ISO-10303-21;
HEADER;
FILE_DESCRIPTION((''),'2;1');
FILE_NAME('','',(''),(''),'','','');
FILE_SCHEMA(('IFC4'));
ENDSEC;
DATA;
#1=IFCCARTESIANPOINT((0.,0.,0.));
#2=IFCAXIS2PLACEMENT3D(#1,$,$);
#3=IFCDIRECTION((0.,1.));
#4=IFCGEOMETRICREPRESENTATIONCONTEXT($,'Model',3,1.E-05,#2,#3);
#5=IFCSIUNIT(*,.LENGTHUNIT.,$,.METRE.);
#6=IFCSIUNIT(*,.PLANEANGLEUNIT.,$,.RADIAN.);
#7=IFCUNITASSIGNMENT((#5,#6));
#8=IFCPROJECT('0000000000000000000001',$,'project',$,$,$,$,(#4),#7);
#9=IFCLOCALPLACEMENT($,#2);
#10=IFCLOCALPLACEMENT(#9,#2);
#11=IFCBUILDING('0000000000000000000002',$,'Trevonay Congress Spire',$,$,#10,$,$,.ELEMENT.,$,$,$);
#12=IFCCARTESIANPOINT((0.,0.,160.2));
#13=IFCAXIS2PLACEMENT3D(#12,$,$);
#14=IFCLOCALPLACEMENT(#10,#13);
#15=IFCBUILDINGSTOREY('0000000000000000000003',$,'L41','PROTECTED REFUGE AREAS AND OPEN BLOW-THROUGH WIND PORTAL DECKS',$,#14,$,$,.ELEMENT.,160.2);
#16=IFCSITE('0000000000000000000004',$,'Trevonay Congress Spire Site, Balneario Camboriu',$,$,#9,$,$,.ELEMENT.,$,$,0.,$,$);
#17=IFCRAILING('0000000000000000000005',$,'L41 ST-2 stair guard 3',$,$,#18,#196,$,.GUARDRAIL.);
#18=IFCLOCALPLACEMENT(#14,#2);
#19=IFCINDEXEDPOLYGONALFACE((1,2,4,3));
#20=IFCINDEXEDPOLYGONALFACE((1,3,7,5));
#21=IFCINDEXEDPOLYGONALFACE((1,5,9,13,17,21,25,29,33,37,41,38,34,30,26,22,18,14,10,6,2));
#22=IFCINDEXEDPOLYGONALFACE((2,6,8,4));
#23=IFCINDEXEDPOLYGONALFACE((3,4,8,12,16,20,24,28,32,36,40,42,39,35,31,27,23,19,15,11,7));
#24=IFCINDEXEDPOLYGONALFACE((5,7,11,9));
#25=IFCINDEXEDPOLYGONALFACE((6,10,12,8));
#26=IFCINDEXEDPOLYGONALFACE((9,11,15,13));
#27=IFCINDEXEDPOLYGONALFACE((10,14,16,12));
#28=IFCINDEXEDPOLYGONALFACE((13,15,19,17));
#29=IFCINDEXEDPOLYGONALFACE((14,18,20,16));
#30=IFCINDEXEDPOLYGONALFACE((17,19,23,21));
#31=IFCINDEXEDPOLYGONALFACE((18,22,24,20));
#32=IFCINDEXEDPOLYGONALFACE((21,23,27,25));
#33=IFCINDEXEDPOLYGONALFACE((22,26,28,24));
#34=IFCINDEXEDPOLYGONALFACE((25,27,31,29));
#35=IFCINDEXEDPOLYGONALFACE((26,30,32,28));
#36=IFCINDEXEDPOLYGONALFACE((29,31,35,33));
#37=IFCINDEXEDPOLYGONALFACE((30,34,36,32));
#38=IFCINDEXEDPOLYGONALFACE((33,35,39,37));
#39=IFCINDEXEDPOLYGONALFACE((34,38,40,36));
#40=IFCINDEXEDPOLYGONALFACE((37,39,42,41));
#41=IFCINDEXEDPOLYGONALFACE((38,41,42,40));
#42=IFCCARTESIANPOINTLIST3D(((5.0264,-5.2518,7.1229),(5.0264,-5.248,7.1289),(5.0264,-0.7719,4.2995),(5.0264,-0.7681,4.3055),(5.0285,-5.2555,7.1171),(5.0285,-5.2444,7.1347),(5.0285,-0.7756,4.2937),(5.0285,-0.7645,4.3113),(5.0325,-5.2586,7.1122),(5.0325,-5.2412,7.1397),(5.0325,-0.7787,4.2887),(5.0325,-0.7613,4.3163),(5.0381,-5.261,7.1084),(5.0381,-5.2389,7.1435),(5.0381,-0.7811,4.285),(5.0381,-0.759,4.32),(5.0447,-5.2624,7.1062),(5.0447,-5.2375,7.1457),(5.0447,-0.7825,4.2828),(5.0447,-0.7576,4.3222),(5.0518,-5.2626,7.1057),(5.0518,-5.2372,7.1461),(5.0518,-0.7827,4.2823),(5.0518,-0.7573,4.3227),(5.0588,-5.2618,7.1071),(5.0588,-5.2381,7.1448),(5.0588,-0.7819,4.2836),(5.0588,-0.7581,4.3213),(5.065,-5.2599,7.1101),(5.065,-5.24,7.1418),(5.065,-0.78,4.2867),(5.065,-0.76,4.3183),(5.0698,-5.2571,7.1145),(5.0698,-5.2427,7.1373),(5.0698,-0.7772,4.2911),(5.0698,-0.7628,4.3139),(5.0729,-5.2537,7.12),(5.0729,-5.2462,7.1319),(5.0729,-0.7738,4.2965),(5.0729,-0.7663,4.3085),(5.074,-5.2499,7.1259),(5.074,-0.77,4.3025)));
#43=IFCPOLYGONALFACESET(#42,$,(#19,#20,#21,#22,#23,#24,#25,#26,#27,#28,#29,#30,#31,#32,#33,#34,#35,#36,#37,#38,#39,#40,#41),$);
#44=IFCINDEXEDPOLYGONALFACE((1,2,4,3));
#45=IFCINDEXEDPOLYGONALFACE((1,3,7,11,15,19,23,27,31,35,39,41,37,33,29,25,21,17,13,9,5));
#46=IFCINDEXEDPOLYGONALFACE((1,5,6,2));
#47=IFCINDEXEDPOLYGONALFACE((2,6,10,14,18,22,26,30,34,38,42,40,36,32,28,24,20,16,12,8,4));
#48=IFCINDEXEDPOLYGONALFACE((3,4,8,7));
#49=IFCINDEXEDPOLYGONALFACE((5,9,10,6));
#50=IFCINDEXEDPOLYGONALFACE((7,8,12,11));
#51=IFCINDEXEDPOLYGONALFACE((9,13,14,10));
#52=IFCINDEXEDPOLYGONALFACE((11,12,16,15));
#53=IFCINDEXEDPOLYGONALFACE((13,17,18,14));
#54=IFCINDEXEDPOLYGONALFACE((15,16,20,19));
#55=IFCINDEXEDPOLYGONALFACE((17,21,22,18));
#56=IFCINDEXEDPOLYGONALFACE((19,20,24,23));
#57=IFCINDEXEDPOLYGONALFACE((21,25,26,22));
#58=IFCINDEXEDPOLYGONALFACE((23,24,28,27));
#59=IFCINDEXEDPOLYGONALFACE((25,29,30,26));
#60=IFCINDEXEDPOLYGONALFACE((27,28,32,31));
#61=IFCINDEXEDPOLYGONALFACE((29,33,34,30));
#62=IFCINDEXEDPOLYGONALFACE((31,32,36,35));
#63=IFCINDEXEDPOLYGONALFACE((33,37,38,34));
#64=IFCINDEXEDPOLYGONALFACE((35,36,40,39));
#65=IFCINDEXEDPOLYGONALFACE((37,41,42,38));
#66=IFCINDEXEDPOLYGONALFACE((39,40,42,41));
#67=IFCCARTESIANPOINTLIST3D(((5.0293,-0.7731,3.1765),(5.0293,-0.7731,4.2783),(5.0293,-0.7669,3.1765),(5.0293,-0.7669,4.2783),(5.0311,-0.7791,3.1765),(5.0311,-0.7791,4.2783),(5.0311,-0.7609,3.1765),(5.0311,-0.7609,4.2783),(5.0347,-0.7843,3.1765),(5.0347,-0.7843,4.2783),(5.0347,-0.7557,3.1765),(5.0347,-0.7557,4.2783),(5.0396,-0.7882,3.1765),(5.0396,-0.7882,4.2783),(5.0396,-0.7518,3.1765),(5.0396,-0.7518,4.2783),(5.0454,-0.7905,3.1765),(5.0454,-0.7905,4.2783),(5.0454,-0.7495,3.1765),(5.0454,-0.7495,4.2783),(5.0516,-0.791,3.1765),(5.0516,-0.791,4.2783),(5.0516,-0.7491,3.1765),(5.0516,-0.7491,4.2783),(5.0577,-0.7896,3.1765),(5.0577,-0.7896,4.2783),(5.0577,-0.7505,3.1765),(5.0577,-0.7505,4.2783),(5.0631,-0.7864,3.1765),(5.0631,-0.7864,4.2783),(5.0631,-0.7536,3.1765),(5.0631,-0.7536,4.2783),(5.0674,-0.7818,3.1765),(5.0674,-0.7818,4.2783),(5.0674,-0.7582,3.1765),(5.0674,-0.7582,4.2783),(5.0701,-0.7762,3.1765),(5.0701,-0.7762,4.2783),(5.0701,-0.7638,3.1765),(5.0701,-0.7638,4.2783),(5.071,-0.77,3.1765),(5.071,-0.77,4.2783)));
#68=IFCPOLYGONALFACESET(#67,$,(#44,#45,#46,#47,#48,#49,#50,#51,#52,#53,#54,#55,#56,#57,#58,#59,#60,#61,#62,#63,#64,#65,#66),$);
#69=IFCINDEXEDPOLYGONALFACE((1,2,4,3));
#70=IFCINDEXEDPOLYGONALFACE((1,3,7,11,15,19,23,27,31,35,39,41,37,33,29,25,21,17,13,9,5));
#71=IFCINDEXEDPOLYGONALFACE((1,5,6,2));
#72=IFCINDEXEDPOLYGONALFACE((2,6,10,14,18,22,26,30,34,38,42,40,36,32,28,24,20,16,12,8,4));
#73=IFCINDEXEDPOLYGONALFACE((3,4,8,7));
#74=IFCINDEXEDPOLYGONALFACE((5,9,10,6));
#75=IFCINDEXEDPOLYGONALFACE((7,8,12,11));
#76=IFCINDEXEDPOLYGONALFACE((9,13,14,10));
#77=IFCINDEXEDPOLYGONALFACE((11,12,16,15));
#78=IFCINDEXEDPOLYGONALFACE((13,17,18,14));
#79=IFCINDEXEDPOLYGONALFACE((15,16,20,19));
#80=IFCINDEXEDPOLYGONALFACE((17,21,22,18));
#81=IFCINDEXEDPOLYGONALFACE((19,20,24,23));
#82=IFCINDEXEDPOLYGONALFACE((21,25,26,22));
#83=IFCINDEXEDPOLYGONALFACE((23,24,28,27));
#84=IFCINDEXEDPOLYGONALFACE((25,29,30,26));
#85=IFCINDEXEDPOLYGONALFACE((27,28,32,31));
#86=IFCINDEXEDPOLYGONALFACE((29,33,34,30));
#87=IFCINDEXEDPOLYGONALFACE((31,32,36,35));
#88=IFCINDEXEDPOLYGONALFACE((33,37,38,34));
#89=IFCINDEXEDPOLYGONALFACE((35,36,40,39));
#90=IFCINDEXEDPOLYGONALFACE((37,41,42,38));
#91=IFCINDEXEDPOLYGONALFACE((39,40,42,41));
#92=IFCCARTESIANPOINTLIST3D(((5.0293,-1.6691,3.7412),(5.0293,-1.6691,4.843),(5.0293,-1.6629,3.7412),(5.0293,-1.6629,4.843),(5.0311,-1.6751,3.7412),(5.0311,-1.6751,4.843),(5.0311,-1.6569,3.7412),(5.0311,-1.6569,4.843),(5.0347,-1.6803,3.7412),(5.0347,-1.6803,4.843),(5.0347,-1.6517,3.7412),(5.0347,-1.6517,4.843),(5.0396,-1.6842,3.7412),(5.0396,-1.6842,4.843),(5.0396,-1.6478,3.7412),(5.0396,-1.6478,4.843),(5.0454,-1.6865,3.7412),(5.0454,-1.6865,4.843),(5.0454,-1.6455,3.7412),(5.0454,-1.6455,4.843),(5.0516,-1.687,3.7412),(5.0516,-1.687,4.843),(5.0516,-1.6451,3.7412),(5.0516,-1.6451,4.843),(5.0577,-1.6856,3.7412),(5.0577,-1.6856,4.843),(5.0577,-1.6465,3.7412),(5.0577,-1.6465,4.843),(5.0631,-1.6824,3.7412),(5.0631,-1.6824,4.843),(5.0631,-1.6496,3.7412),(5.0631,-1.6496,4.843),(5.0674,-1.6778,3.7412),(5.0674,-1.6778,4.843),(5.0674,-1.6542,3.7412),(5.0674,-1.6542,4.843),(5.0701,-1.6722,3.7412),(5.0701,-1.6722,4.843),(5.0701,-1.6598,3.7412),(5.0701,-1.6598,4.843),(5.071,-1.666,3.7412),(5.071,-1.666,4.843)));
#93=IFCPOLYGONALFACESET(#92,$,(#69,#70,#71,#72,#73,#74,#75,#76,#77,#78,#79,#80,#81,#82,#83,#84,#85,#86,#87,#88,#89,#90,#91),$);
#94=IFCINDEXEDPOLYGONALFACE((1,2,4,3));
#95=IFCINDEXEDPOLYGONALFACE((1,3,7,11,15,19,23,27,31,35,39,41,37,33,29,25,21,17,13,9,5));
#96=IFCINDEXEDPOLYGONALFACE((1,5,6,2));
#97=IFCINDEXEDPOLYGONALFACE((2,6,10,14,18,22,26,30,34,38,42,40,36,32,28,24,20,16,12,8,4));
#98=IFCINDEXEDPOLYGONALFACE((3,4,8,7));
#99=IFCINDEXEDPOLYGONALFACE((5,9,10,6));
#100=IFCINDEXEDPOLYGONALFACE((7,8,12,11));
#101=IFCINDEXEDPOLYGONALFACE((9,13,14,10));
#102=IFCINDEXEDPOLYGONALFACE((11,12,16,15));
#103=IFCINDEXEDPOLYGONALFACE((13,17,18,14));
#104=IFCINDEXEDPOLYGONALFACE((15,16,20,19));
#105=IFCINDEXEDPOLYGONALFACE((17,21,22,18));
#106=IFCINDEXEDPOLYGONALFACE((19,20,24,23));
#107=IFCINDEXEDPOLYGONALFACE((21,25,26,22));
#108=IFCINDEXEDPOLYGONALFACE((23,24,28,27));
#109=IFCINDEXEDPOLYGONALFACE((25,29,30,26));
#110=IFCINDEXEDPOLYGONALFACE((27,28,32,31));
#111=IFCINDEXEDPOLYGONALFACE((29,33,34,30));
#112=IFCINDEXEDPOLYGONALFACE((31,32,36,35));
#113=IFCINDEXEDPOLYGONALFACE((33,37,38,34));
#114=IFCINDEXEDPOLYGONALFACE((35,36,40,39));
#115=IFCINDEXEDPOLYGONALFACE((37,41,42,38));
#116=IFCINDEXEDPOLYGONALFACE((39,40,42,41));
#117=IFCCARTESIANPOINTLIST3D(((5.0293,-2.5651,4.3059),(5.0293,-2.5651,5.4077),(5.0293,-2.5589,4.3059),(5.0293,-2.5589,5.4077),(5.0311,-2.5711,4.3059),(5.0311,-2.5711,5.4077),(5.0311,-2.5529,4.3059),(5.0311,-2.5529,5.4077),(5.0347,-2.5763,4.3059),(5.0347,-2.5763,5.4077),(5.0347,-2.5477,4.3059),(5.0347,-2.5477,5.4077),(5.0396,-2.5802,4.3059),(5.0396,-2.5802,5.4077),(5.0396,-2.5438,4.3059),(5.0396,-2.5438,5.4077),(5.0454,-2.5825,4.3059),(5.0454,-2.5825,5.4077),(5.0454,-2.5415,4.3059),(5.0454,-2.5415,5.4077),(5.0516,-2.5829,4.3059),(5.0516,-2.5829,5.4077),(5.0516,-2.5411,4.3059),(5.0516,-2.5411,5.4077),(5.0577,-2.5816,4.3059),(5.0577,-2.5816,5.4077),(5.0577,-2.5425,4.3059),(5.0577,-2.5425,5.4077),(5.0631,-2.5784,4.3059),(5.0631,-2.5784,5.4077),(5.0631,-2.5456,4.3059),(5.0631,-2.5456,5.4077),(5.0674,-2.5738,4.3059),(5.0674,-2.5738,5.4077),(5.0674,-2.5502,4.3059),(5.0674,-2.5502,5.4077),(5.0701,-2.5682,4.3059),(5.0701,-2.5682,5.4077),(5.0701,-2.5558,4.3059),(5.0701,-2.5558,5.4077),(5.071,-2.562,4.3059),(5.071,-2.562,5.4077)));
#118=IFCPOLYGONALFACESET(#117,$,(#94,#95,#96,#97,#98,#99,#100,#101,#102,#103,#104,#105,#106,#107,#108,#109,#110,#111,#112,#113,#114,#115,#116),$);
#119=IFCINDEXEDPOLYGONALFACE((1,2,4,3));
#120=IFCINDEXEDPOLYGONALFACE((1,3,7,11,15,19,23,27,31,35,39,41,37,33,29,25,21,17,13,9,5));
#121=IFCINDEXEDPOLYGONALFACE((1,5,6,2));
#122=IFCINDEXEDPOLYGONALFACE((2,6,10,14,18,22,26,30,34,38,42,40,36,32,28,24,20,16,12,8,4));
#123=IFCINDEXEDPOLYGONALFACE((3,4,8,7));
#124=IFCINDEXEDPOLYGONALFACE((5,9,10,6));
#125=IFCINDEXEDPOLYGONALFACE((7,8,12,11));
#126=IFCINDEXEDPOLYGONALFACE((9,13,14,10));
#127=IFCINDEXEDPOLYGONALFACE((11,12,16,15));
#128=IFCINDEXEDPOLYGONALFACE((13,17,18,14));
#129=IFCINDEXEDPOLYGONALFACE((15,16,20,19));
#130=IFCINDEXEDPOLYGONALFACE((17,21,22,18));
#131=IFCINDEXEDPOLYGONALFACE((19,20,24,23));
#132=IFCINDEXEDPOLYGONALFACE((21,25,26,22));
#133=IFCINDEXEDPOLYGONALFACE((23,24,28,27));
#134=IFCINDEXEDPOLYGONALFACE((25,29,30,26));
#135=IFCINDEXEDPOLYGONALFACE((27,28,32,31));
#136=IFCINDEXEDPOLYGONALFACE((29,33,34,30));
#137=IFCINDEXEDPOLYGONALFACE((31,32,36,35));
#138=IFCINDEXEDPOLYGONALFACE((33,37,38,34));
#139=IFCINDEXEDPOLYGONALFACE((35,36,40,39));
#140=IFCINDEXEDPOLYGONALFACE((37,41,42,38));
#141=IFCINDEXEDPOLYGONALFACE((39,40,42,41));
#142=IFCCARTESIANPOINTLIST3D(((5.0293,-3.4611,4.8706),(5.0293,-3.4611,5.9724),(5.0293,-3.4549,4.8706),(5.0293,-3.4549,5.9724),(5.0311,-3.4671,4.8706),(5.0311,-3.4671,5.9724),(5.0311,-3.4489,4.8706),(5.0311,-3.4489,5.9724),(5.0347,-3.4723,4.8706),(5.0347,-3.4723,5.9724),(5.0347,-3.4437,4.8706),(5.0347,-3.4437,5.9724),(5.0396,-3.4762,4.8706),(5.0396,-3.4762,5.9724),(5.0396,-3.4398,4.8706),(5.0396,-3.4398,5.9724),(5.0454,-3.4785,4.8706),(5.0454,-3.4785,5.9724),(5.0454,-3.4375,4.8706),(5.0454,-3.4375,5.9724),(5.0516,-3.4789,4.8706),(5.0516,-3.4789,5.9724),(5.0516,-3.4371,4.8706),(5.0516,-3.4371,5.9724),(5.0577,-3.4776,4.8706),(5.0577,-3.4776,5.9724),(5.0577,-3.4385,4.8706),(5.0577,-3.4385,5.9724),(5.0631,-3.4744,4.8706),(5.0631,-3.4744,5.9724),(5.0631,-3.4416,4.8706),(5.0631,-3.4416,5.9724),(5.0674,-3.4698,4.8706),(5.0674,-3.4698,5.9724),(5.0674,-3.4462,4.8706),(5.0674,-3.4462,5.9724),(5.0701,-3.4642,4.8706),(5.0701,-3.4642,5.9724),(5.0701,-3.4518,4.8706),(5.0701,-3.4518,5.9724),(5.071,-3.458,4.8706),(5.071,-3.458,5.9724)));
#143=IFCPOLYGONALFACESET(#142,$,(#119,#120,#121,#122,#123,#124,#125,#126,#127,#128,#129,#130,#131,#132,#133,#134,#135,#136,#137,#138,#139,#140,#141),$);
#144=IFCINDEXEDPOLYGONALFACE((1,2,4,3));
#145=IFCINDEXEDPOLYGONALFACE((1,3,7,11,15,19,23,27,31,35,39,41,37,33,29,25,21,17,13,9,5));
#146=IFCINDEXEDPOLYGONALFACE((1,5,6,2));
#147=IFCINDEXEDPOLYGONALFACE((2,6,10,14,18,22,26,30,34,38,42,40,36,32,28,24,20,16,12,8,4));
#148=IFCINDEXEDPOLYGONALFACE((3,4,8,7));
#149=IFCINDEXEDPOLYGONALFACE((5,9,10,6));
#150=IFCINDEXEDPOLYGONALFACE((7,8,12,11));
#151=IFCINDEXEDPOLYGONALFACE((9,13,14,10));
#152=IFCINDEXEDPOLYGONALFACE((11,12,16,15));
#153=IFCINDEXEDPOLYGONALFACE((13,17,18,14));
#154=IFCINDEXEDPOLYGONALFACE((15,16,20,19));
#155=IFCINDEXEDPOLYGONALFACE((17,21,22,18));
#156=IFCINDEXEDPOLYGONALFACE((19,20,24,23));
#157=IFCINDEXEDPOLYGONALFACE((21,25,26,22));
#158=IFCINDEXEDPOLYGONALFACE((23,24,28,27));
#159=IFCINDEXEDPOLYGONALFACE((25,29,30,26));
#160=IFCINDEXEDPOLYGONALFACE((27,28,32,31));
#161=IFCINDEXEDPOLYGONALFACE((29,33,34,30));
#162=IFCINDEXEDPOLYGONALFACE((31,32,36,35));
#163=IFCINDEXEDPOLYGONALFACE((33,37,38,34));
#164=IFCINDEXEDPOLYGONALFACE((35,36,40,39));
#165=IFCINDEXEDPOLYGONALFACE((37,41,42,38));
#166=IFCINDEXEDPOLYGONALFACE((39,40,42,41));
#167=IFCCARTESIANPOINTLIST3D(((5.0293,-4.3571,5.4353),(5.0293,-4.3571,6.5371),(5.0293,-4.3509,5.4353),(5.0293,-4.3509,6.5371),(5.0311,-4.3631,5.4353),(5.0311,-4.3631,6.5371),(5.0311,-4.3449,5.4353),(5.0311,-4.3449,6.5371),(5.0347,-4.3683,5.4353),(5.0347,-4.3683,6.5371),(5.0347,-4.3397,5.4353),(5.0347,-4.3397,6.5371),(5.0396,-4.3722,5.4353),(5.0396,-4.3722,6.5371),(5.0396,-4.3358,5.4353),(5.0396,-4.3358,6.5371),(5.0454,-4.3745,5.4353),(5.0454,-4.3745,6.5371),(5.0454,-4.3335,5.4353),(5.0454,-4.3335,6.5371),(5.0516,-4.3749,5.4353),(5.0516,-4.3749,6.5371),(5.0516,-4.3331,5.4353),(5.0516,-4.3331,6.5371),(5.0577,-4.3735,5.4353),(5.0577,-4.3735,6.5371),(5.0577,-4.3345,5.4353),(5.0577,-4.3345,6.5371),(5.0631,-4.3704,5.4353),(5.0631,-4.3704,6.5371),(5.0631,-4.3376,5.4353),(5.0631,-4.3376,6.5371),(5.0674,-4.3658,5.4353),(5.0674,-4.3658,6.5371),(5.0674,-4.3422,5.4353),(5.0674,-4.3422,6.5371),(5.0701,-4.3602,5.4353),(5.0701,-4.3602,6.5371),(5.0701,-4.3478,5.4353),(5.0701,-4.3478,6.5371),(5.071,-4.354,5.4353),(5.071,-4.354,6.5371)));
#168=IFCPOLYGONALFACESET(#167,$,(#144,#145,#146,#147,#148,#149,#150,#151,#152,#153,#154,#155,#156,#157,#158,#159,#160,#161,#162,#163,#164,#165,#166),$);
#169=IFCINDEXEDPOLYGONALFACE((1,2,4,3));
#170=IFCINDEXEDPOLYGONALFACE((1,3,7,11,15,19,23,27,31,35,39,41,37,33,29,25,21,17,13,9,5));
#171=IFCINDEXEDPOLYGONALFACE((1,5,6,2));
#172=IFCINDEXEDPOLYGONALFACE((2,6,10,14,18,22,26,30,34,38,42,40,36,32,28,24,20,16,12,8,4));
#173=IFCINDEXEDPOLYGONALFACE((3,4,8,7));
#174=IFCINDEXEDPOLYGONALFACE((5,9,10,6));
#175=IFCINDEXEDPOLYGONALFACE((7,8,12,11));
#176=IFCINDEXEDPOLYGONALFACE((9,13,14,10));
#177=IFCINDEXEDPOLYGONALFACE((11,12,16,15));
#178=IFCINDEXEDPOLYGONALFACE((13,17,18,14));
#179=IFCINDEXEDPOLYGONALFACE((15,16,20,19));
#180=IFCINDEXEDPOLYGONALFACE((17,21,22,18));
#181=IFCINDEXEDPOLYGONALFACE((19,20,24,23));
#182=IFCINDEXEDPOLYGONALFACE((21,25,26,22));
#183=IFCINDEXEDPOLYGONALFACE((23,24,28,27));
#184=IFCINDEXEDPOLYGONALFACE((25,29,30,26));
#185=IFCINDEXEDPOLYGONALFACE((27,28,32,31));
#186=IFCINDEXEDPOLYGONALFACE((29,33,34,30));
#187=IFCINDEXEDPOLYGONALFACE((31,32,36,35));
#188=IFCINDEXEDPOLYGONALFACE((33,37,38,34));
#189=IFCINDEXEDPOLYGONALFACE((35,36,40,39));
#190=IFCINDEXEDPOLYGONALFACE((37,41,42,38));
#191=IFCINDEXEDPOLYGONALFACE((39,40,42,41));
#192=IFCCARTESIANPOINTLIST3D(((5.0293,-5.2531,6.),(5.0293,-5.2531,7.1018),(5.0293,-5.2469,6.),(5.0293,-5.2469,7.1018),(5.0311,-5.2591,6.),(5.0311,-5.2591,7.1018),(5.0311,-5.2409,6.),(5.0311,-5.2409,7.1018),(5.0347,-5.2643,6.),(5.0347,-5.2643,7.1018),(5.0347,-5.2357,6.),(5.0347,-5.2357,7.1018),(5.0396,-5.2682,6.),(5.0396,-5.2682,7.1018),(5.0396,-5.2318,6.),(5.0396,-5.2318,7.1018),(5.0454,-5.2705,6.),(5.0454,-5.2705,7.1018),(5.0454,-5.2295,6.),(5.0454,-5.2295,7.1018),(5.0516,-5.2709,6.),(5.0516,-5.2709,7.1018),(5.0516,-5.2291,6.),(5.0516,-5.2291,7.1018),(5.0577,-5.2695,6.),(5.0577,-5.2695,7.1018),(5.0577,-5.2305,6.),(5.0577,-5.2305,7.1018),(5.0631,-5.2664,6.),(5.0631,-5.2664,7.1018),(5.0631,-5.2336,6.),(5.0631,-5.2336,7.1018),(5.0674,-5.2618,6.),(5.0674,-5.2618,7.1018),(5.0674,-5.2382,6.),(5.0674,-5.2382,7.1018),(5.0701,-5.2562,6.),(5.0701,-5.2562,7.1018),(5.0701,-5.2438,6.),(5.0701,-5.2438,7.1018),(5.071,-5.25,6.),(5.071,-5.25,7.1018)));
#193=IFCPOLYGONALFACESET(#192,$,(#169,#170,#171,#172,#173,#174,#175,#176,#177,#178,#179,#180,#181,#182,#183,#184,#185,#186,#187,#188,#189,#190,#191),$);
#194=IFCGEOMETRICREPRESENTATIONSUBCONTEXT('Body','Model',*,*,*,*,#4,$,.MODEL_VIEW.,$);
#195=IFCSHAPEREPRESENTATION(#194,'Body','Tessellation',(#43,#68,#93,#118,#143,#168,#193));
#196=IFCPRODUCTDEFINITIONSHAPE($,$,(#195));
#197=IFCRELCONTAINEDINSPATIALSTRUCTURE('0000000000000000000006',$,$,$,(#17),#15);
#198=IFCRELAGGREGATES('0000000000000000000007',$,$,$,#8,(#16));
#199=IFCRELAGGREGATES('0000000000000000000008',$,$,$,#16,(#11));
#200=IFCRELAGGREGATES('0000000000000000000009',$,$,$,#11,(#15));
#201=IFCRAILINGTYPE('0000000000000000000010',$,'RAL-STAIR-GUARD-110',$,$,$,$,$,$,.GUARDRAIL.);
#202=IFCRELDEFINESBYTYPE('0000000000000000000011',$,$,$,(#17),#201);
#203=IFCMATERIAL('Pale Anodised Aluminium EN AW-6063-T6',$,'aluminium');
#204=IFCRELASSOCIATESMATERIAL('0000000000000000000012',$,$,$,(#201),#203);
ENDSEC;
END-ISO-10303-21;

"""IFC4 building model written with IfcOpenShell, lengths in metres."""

from ifc_helpers import new_model, si_unit, direction, frame, origin, origin_2d, place, context, subcontext, project, spatial, circle, extrude, material, type_object, element, save


model = new_model("IFC4")

# Units and contexts
model_context = context("Model", 3, precision=1e-05, world=origin(), true_north=direction((0.0, 1.0)))
body_context = subcontext(model_context, "Body", "Model", "MODEL_VIEW")
ifc_project = project(units=[si_unit("LENGTHUNIT", "METRE"), si_unit("PLANEANGLEUNIT", "RADIAN")], contexts=[model_context])

# Site, building, storey
site_placement = place(None, origin())
site = spatial("IfcSite", under=ifc_project, at=site_placement, Name="Trevonay Congress Spire Site, Balneario Camboriu", CompositionType="ELEMENT", RefElevation=0.0)
building_placement = place(site_placement, origin())
building = spatial("IfcBuilding", under=site, at=building_placement, Name="Trevonay Congress Spire", CompositionType="ELEMENT")
storey_placement = place(building_placement, frame((0.0, 0.0, 160.2)))
storey = spatial("IfcBuildingStorey", under=building, at=storey_placement, Name="L41", Description="PROTECTED REFUGE AREAS AND OPEN BLOW-THROUGH WIND PORTAL DECKS", CompositionType="ELEMENT", Elevation=160.2)

# Shared definitions
ifc_material_1 = material(Name="Pale Anodised Aluminium EN AW-6063-T6", Category="aluminium")

# Railing
railing_type_1 = type_object("IfcRailingType", Name="RAL-STAIR-GUARD-110", PredefinedType="GUARDRAIL", material=ifc_material_1)
railing_1_placement = place(storey_placement, frame((5.05, -0.77, 3.1765)))
element("IfcRailing", 1, at=railing_1_placement, inside=storey, type_object=railing_type_1, Name="L41 ST-2 stair guard 3", PredefinedType="GUARDRAIL", context=body_context, shape_type="SweptSolid", body=[
    extrude(circle(Radius=0.0239, at=origin_2d()), frame((0.0, 0.0, 1.126), z_axis=(0.0, -0.845998, 0.533186), x_axis=(1.0, 0.0, 0.0)), (0.0, 0.0, 1.0), 5.2954),
    extrude(circle(Radius=0.021, at=origin_2d()), origin(), (0.0, 0.0, 1.0), 1.1018),
    extrude(circle(Radius=0.021, at=origin_2d()), frame((0.0, -0.896, 0.5647)), (0.0, 0.0, 1.0), 1.1018),
    extrude(circle(Radius=0.021, at=origin_2d()), frame((0.0, -1.792, 1.1294)), (0.0, 0.0, 1.0), 1.1018),
    extrude(circle(Radius=0.021, at=origin_2d()), frame((0.0, -2.688, 1.6941)), (0.0, 0.0, 1.0), 1.1018),
    extrude(circle(Radius=0.021, at=origin_2d()), frame((0.0, -3.584, 2.2588)), (0.0, 0.0, 1.0), 1.1018),
    extrude(circle(Radius=0.021, at=origin_2d()), frame((0.0, -4.48, 2.8235)), (0.0, 0.0, 1.0), 1.1018),
])

save(model, "model.ifc")
